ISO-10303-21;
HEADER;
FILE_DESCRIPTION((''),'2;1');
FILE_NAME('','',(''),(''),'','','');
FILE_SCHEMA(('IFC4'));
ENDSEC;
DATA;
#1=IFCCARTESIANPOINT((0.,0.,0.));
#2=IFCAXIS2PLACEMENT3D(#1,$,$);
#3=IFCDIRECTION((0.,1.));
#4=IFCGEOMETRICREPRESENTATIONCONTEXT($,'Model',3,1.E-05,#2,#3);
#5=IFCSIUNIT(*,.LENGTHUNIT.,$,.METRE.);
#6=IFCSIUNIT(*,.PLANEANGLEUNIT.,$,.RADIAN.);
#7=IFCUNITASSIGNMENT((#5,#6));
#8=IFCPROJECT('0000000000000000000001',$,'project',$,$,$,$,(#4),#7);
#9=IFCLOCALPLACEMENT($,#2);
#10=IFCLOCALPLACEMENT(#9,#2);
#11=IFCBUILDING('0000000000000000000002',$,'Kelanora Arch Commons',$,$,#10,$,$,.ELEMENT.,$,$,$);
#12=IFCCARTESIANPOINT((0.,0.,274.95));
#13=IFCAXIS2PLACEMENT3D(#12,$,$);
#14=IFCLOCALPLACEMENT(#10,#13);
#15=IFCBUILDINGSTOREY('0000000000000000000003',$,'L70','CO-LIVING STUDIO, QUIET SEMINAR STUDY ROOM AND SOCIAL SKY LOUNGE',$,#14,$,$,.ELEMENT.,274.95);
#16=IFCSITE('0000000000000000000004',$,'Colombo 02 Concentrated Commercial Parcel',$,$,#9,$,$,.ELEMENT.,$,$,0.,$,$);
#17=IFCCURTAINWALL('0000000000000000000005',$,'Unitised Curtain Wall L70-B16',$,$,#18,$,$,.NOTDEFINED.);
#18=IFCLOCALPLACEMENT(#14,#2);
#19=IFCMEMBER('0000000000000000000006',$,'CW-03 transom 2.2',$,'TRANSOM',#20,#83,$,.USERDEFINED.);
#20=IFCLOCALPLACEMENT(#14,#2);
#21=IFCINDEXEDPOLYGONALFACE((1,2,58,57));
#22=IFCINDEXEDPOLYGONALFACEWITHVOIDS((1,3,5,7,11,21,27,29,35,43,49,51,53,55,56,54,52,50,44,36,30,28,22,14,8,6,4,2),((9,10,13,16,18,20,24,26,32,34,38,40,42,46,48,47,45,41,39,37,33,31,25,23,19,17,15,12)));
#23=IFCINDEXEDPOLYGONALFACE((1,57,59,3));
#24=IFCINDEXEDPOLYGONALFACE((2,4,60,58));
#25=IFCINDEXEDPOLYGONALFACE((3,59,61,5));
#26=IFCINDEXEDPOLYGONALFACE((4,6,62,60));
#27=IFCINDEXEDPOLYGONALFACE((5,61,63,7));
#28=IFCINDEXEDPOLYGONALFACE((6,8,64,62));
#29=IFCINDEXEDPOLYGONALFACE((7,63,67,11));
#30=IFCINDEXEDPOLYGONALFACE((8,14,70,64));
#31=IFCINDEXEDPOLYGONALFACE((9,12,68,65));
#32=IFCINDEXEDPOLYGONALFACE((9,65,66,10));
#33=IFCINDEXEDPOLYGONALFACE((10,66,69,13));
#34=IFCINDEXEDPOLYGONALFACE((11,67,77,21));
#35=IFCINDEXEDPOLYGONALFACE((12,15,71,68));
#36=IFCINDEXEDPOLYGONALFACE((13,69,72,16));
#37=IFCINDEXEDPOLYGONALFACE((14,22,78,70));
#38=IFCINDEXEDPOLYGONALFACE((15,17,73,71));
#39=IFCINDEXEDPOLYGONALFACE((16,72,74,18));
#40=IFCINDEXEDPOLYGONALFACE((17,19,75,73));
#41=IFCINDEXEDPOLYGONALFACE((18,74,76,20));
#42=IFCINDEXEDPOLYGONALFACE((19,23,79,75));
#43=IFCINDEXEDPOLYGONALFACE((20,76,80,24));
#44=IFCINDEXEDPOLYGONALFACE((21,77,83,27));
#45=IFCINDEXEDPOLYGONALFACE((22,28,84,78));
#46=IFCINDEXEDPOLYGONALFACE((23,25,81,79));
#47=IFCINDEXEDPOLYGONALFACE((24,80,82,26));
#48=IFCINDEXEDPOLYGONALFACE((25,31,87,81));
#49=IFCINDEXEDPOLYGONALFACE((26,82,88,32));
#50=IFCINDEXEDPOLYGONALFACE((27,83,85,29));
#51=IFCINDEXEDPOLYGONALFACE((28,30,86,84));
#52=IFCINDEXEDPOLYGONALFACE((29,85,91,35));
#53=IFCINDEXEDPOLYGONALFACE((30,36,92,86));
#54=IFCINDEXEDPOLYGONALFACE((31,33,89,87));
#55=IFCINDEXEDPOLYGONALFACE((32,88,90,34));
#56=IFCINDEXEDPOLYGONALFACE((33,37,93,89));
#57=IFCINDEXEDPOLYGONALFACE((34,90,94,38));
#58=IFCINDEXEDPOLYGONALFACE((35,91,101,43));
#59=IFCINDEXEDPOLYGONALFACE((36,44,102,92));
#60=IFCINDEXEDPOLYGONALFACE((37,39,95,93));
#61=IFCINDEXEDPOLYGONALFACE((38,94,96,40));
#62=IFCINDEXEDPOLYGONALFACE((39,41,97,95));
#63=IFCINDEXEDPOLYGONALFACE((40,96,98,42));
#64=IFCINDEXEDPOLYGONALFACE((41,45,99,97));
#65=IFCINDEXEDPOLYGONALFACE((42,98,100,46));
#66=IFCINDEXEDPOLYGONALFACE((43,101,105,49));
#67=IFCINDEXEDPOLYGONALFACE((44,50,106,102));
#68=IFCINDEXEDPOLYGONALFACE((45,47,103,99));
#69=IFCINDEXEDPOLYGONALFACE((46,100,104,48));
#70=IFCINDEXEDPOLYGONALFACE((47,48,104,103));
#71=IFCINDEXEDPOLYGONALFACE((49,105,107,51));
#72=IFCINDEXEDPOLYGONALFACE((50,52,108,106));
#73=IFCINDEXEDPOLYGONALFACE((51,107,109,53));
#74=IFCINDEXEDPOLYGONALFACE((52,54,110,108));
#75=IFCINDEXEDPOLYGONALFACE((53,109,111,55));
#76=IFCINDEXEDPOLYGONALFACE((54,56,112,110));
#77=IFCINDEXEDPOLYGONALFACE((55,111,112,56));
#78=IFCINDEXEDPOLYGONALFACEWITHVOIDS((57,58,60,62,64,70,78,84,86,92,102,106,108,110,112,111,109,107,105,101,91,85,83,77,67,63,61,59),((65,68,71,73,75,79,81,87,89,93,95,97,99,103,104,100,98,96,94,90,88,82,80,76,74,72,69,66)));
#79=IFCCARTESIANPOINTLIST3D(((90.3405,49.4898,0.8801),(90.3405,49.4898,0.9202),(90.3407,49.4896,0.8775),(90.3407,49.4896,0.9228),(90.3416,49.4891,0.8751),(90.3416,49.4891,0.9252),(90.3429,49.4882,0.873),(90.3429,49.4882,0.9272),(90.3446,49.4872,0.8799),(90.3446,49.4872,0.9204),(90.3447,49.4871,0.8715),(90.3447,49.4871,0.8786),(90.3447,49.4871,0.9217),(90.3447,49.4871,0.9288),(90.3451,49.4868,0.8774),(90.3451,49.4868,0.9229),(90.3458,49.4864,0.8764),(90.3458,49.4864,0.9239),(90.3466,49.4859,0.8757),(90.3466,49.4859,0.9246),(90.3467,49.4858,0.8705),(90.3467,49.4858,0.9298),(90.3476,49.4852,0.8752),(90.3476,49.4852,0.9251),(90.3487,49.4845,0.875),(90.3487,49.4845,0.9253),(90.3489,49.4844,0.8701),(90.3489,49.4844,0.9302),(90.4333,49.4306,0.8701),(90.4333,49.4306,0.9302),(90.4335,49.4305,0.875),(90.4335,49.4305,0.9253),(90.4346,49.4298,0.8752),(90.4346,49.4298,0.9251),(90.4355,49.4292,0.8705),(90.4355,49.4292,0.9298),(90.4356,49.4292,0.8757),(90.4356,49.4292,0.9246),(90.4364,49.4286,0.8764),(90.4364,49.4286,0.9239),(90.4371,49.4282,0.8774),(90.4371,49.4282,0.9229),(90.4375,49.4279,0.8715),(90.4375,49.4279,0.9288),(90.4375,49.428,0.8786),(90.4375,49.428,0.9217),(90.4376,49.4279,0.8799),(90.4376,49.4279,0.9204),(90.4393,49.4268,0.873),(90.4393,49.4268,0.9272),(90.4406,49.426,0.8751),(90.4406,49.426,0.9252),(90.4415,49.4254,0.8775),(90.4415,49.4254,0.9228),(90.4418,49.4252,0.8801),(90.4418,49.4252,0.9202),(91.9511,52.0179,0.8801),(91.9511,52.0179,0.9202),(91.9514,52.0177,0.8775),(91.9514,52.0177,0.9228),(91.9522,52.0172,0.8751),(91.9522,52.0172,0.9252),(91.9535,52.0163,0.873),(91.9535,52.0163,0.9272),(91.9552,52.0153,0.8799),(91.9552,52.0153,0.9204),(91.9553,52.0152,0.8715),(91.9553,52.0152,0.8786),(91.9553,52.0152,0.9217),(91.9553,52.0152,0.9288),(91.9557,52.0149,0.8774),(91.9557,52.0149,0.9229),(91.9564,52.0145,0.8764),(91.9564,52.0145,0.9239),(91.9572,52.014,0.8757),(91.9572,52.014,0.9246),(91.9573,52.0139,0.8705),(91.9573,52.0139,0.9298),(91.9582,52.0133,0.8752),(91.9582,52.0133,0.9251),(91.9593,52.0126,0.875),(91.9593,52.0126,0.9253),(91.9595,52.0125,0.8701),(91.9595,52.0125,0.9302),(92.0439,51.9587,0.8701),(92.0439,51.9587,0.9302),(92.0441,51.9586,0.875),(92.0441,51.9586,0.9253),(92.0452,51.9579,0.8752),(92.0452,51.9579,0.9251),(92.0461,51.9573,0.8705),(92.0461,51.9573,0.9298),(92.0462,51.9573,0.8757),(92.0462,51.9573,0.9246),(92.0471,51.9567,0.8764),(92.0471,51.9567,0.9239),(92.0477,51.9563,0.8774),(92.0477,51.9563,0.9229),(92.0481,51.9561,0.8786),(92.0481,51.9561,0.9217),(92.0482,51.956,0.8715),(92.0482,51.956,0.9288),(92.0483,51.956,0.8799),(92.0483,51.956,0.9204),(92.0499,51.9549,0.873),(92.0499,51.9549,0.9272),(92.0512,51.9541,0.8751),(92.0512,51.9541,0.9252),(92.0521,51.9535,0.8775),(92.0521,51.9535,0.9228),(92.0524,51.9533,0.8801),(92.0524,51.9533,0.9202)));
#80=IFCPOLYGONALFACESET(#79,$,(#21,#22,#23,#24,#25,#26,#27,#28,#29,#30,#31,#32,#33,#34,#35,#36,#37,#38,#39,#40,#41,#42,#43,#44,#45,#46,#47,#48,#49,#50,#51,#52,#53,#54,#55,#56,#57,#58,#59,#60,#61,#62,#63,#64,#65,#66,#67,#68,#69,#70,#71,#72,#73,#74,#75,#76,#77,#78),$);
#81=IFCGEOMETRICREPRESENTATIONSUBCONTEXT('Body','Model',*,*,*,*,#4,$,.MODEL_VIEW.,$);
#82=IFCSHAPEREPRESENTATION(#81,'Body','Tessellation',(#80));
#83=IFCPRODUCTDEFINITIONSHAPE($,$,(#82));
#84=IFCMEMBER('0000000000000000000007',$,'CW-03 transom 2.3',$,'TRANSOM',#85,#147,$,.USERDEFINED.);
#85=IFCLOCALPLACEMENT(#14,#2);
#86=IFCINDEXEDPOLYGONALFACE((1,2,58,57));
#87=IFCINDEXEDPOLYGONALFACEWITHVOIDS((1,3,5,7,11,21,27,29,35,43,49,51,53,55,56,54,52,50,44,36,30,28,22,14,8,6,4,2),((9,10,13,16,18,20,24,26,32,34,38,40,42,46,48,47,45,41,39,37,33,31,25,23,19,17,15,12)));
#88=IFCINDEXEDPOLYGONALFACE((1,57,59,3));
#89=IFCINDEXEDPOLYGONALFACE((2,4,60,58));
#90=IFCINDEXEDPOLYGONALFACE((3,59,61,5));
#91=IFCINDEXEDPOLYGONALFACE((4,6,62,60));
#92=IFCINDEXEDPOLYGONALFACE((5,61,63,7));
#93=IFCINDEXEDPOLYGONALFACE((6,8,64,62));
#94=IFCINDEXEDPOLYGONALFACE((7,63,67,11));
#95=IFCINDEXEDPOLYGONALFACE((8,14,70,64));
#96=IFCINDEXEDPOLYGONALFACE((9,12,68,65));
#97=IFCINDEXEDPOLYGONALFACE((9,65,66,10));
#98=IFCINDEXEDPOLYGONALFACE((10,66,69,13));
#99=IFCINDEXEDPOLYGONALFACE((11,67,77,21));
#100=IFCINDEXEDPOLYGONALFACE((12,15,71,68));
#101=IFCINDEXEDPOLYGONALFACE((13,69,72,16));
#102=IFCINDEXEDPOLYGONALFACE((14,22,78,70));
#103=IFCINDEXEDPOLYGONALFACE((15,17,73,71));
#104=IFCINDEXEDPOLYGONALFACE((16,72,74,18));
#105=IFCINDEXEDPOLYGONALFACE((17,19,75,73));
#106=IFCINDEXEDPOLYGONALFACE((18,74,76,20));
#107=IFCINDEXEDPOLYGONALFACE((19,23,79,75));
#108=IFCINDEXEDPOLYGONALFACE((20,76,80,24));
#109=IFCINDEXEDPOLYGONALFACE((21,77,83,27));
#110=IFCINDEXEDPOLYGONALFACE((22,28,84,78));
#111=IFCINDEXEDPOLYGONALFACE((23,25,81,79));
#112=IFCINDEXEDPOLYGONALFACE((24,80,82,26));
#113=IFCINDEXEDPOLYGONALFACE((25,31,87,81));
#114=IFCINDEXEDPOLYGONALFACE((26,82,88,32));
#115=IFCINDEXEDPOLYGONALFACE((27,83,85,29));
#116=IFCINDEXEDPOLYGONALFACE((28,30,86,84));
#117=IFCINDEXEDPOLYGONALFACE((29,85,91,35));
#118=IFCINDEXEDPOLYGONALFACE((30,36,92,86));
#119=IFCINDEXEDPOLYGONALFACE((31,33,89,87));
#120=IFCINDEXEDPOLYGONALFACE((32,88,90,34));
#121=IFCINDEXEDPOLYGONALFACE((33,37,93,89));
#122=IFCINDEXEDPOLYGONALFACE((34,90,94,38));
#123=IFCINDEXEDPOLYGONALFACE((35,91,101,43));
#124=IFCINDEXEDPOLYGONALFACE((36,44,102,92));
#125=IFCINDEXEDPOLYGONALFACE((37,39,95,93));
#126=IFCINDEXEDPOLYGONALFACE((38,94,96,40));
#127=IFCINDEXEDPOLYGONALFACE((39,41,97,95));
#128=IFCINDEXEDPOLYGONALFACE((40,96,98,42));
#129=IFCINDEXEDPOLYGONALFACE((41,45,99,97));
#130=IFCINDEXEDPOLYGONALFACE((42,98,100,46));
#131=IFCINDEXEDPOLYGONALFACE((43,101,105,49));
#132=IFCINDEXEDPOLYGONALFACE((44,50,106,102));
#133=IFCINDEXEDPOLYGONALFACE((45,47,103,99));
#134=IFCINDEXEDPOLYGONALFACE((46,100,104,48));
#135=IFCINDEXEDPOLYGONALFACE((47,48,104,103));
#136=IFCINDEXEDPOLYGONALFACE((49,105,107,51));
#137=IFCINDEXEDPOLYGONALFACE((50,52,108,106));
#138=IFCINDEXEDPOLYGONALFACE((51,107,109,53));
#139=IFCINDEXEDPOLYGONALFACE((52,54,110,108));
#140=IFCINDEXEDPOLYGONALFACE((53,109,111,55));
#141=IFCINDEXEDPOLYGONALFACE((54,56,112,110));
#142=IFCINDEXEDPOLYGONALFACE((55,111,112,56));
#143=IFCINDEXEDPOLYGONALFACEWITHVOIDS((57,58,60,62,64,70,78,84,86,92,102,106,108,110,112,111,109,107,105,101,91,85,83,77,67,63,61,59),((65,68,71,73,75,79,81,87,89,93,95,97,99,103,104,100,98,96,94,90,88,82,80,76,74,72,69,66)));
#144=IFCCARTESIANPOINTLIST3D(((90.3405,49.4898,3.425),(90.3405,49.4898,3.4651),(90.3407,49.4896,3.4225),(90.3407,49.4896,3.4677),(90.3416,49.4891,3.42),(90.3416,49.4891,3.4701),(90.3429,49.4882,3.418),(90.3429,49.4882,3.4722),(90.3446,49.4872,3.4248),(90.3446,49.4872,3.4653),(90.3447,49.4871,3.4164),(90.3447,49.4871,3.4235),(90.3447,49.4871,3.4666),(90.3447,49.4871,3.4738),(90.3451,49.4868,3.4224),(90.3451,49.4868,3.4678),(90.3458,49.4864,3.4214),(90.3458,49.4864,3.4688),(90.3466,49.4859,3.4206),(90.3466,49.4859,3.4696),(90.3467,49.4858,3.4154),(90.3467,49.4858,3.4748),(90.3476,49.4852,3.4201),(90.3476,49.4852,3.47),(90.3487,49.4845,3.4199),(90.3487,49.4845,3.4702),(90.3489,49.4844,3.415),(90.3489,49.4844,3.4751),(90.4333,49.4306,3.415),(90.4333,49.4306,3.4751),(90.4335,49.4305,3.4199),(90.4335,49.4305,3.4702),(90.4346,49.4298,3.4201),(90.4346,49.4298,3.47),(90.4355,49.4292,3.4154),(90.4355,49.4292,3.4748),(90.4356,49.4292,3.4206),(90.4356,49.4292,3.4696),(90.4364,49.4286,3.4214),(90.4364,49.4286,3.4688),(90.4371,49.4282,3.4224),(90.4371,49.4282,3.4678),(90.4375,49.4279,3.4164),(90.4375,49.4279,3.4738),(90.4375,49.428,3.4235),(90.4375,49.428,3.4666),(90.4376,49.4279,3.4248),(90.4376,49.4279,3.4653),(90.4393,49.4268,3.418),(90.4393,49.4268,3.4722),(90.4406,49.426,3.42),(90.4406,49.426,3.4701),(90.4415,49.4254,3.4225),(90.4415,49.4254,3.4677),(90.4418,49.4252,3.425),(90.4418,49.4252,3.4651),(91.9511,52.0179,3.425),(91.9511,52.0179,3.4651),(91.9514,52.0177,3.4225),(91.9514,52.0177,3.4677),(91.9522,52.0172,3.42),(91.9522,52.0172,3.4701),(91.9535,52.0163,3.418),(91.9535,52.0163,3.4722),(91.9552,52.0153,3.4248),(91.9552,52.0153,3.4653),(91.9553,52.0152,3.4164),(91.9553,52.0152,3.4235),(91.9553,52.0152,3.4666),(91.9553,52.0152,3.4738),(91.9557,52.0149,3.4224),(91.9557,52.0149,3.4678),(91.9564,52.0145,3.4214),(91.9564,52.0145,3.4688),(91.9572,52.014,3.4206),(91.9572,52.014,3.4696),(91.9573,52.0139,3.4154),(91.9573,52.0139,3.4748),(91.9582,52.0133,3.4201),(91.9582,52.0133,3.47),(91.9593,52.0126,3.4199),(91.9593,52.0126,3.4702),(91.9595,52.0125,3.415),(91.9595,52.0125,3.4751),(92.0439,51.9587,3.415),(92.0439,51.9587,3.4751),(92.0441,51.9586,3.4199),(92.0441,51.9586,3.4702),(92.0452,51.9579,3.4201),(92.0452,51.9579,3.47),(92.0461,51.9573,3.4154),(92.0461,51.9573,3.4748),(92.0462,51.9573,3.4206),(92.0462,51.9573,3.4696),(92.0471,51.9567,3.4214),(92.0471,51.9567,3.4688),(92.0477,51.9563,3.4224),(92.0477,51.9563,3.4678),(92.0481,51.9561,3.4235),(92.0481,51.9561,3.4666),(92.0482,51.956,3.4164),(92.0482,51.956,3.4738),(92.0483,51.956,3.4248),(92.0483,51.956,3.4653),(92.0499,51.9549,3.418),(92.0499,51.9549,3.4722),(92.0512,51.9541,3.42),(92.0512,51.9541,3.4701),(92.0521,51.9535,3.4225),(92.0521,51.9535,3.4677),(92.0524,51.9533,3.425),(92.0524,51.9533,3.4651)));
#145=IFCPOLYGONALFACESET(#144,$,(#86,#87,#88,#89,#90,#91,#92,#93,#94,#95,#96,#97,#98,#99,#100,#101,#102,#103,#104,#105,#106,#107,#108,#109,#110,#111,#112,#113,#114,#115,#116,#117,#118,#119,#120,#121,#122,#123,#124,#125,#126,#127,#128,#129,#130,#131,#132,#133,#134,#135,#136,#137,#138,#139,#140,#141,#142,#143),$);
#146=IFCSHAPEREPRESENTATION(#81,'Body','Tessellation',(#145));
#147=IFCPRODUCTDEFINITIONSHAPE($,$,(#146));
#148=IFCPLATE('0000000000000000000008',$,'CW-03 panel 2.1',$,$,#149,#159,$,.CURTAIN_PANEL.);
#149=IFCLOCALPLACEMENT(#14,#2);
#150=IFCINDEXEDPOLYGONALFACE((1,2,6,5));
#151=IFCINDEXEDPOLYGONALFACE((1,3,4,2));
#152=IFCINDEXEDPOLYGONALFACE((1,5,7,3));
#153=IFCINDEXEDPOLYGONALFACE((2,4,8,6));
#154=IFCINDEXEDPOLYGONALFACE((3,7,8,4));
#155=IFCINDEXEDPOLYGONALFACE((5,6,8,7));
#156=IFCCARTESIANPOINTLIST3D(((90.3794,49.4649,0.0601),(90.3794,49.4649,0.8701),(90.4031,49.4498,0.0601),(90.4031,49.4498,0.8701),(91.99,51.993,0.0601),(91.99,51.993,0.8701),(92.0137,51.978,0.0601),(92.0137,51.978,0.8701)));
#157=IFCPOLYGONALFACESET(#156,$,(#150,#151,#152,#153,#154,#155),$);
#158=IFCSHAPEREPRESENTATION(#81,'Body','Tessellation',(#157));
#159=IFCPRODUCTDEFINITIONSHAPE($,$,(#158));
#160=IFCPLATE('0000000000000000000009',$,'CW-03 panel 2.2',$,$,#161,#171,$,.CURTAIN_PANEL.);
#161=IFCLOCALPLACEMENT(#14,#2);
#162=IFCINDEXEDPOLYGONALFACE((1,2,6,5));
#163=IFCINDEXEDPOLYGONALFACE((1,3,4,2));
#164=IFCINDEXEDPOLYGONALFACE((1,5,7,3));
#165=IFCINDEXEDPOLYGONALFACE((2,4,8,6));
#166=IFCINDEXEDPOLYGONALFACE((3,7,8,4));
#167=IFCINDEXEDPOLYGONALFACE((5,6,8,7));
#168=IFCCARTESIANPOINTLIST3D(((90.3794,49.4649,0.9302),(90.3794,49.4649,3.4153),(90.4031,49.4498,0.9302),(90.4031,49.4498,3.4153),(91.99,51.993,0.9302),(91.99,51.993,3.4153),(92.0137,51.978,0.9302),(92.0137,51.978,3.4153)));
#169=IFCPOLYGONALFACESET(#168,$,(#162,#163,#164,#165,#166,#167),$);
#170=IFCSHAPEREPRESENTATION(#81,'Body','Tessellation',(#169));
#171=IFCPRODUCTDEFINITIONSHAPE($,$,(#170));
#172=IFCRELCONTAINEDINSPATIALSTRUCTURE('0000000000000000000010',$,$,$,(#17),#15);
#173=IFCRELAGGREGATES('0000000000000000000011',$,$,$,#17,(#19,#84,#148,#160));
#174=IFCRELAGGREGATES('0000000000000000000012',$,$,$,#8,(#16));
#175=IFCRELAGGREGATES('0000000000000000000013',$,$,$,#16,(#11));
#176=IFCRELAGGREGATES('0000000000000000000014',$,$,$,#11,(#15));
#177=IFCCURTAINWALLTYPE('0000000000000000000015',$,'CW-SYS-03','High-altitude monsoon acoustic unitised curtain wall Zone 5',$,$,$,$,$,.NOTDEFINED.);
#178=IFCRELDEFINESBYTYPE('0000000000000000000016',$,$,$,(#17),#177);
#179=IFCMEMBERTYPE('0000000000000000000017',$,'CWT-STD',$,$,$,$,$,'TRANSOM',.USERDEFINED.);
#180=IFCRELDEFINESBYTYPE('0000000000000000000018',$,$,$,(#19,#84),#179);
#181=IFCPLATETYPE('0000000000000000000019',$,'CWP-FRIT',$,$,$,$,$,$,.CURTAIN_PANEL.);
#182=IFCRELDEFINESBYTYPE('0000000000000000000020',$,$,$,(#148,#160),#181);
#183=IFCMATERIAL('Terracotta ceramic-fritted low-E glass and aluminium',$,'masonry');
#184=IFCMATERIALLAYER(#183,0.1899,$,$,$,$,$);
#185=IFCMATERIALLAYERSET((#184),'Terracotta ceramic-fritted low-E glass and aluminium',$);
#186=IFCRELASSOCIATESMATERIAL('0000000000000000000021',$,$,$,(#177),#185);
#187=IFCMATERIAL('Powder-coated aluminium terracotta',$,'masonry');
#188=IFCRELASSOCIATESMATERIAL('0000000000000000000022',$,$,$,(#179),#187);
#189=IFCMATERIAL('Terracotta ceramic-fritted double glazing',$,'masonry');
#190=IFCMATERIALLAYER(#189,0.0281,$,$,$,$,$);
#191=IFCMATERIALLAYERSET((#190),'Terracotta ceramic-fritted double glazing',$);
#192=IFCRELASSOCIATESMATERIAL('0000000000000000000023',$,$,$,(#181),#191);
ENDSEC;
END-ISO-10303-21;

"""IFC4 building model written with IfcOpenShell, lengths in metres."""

from ifc_helpers import new_model, si_unit, direction, frame, origin, origin_2d, place, context, subcontext, project, spatial, rectangle, hollow_rectangle, extrude, source, transform, mapped, material, layer, layer_set, material_profile, profile_set, type_object, element, aggregate, save


model = new_model("IFC4")

# Units and contexts
model_context = context("Model", 3, precision=1e-05, world=origin(), true_north=direction((0.0, 1.0)))
body_context = subcontext(model_context, "Body", "Model", "MODEL_VIEW")
ifc_project = project(units=[si_unit("LENGTHUNIT", "METRE"), si_unit("PLANEANGLEUNIT", "RADIAN")], contexts=[model_context])

# Site, building, storey
site_placement = place(None, origin())
site = spatial("IfcSite", under=ifc_project, at=site_placement, Name="Colombo 02 Concentrated Commercial Parcel", CompositionType="ELEMENT", RefElevation=0.0)
building_placement = place(site_placement, origin())
building = spatial("IfcBuilding", under=site, at=building_placement, Name="Kelanora Arch Commons", CompositionType="ELEMENT")
storey_placement = place(building_placement, frame((0.0, 0.0, 274.95)))
storey = spatial("IfcBuildingStorey", under=building, at=storey_placement, Name="L70", Description="CO-LIVING STUDIO, QUIET SEMINAR STUDY ROOM AND SOCIAL SKY LOUNGE", CompositionType="ELEMENT", Elevation=274.95)

# Curtain wall, members, plates
ifc_material_1 = material(Name="Terracotta ceramic-fritted low-E glass and aluminium", Category="masonry")
ifc_layer_1 = layer(ifc_material_1, 0.1899)
ifc_layer_set_1 = layer_set([ifc_layer_1], Name="Terracotta ceramic-fritted low-E glass and aluminium")
curtain_wall_type = type_object("IfcCurtainWallType", Name="CW-SYS-03", Description="High-altitude monsoon acoustic unitised curtain wall Zone 5", PredefinedType="NOTDEFINED", material=ifc_layer_set_1)
curtain_wall_placement = place(storey_placement, origin())
curtain_wall = element("IfcCurtainWall", 1, at=curtain_wall_placement, inside=storey, type_object=curtain_wall_type, Name="Unitised Curtain Wall L70-B16", PredefinedType="NOTDEFINED")
ifc_material_2 = material(Name="Powder-coated aluminium terracotta", Category="masonry")
ifc_material_profile_1 = material_profile(ifc_material_2, hollow_rectangle(XDim=0.1201, YDim=0.0601, WallThickness=0.0049, InnerFilletRadius=0.0049, OuterFilletRadius=0.01, at=origin_2d()), Name="CWT120x60")
ifc_profile_set_1 = profile_set([ifc_material_profile_1], Name="Powder-coated aluminium terracotta")
member_type_1 = type_object("IfcMemberType", Name="CWT-STD", ElementType="TRANSOM", PredefinedType="USERDEFINED", material=ifc_profile_set_1)
member_1_placement = place(storey_placement, frame((90.3911, 49.4575, 0.9001), z_axis=(0.537308, 0.843386, 0.0), x_axis=(-0.843386, 0.537308, 0.0)))
member_1 = element("IfcMember", 2, at=member_1_placement, type_object=member_type_1, Name="CW-03 transom 2.2", ObjectType="TRANSOM", PredefinedType="USERDEFINED", context=body_context, shape_type="SweptSolid", body=[
    extrude(hollow_rectangle(XDim=0.1201, YDim=0.0601, WallThickness=0.0049, InnerFilletRadius=0.0049, OuterFilletRadius=0.01, at=origin_2d()), origin(), (0.0, 0.0, 1.0), 2.9976),
])
member_2_placement = place(storey_placement, frame((90.3911, 49.4575, 3.4451), z_axis=(0.537308, 0.843386, 0.0), x_axis=(-0.843386, 0.537308, 0.0)))
member_2 = element("IfcMember", 3, at=member_2_placement, type_object=member_type_1, Name="CW-03 transom 2.3", ObjectType="TRANSOM", PredefinedType="USERDEFINED", context=body_context, shape_type="SweptSolid", body=[
    extrude(hollow_rectangle(XDim=0.1201, YDim=0.0601, WallThickness=0.0049, InnerFilletRadius=0.0049, OuterFilletRadius=0.01, at=origin_2d()), origin(), (0.0, 0.0, 1.0), 2.9976),
])
ifc_material_3 = material(Name="Terracotta ceramic-fritted double glazing", Category="masonry")
ifc_layer_2 = layer(ifc_material_3, 0.0281)
ifc_layer_set_2 = layer_set([ifc_layer_2], Name="Terracotta ceramic-fritted double glazing")
plate_type = type_object("IfcPlateType", Name="CWP-FRIT", PredefinedType="CURTAIN_PANEL", material=ifc_layer_set_2)
shared_shape_1 = source(origin(), body_context, "Body", "SweptSolid", [
    extrude(rectangle(XDim=2.9976, YDim=0.0281, at=origin_2d()), origin(), (0.0, 0.0, 1.0), 0.8101),
])
plate_1_placement = place(storey_placement, frame((91.1965, 50.7214, 0.0601), z_axis=(0.0, 0.0, 1.0), x_axis=(0.5373, 0.843391, 0.0)))
plate_1 = element("IfcPlate", 4, at=plate_1_placement, type_object=plate_type, Name="CW-03 panel 2.1", PredefinedType="CURTAIN_PANEL", context=body_context, shape_type="MappedRepresentation", body=[
    mapped(shared_shape_1, transform((0.0, 0.0, 0.0), scale=1.0)),
])
shared_shape_2 = source(origin(), body_context, "Body", "SweptSolid", [
    extrude(rectangle(XDim=2.9976, YDim=0.0281, at=origin_2d()), origin(), (0.0, 0.0, 1.0), 2.4851),
])
plate_2_placement = place(storey_placement, frame((91.1965, 50.7214, 0.9302), z_axis=(0.0, 0.0, 1.0), x_axis=(0.5373, 0.843391, 0.0)))
plate_2 = element("IfcPlate", 5, at=plate_2_placement, type_object=plate_type, Name="CW-03 panel 2.2", PredefinedType="CURTAIN_PANEL", context=body_context, shape_type="MappedRepresentation", body=[
    mapped(shared_shape_2, transform((0.0, 0.0, 0.0), scale=1.0)),
])
aggregate(curtain_wall, [member_1, member_2, plate_1, plate_2])

save(model, "model.ifc")
